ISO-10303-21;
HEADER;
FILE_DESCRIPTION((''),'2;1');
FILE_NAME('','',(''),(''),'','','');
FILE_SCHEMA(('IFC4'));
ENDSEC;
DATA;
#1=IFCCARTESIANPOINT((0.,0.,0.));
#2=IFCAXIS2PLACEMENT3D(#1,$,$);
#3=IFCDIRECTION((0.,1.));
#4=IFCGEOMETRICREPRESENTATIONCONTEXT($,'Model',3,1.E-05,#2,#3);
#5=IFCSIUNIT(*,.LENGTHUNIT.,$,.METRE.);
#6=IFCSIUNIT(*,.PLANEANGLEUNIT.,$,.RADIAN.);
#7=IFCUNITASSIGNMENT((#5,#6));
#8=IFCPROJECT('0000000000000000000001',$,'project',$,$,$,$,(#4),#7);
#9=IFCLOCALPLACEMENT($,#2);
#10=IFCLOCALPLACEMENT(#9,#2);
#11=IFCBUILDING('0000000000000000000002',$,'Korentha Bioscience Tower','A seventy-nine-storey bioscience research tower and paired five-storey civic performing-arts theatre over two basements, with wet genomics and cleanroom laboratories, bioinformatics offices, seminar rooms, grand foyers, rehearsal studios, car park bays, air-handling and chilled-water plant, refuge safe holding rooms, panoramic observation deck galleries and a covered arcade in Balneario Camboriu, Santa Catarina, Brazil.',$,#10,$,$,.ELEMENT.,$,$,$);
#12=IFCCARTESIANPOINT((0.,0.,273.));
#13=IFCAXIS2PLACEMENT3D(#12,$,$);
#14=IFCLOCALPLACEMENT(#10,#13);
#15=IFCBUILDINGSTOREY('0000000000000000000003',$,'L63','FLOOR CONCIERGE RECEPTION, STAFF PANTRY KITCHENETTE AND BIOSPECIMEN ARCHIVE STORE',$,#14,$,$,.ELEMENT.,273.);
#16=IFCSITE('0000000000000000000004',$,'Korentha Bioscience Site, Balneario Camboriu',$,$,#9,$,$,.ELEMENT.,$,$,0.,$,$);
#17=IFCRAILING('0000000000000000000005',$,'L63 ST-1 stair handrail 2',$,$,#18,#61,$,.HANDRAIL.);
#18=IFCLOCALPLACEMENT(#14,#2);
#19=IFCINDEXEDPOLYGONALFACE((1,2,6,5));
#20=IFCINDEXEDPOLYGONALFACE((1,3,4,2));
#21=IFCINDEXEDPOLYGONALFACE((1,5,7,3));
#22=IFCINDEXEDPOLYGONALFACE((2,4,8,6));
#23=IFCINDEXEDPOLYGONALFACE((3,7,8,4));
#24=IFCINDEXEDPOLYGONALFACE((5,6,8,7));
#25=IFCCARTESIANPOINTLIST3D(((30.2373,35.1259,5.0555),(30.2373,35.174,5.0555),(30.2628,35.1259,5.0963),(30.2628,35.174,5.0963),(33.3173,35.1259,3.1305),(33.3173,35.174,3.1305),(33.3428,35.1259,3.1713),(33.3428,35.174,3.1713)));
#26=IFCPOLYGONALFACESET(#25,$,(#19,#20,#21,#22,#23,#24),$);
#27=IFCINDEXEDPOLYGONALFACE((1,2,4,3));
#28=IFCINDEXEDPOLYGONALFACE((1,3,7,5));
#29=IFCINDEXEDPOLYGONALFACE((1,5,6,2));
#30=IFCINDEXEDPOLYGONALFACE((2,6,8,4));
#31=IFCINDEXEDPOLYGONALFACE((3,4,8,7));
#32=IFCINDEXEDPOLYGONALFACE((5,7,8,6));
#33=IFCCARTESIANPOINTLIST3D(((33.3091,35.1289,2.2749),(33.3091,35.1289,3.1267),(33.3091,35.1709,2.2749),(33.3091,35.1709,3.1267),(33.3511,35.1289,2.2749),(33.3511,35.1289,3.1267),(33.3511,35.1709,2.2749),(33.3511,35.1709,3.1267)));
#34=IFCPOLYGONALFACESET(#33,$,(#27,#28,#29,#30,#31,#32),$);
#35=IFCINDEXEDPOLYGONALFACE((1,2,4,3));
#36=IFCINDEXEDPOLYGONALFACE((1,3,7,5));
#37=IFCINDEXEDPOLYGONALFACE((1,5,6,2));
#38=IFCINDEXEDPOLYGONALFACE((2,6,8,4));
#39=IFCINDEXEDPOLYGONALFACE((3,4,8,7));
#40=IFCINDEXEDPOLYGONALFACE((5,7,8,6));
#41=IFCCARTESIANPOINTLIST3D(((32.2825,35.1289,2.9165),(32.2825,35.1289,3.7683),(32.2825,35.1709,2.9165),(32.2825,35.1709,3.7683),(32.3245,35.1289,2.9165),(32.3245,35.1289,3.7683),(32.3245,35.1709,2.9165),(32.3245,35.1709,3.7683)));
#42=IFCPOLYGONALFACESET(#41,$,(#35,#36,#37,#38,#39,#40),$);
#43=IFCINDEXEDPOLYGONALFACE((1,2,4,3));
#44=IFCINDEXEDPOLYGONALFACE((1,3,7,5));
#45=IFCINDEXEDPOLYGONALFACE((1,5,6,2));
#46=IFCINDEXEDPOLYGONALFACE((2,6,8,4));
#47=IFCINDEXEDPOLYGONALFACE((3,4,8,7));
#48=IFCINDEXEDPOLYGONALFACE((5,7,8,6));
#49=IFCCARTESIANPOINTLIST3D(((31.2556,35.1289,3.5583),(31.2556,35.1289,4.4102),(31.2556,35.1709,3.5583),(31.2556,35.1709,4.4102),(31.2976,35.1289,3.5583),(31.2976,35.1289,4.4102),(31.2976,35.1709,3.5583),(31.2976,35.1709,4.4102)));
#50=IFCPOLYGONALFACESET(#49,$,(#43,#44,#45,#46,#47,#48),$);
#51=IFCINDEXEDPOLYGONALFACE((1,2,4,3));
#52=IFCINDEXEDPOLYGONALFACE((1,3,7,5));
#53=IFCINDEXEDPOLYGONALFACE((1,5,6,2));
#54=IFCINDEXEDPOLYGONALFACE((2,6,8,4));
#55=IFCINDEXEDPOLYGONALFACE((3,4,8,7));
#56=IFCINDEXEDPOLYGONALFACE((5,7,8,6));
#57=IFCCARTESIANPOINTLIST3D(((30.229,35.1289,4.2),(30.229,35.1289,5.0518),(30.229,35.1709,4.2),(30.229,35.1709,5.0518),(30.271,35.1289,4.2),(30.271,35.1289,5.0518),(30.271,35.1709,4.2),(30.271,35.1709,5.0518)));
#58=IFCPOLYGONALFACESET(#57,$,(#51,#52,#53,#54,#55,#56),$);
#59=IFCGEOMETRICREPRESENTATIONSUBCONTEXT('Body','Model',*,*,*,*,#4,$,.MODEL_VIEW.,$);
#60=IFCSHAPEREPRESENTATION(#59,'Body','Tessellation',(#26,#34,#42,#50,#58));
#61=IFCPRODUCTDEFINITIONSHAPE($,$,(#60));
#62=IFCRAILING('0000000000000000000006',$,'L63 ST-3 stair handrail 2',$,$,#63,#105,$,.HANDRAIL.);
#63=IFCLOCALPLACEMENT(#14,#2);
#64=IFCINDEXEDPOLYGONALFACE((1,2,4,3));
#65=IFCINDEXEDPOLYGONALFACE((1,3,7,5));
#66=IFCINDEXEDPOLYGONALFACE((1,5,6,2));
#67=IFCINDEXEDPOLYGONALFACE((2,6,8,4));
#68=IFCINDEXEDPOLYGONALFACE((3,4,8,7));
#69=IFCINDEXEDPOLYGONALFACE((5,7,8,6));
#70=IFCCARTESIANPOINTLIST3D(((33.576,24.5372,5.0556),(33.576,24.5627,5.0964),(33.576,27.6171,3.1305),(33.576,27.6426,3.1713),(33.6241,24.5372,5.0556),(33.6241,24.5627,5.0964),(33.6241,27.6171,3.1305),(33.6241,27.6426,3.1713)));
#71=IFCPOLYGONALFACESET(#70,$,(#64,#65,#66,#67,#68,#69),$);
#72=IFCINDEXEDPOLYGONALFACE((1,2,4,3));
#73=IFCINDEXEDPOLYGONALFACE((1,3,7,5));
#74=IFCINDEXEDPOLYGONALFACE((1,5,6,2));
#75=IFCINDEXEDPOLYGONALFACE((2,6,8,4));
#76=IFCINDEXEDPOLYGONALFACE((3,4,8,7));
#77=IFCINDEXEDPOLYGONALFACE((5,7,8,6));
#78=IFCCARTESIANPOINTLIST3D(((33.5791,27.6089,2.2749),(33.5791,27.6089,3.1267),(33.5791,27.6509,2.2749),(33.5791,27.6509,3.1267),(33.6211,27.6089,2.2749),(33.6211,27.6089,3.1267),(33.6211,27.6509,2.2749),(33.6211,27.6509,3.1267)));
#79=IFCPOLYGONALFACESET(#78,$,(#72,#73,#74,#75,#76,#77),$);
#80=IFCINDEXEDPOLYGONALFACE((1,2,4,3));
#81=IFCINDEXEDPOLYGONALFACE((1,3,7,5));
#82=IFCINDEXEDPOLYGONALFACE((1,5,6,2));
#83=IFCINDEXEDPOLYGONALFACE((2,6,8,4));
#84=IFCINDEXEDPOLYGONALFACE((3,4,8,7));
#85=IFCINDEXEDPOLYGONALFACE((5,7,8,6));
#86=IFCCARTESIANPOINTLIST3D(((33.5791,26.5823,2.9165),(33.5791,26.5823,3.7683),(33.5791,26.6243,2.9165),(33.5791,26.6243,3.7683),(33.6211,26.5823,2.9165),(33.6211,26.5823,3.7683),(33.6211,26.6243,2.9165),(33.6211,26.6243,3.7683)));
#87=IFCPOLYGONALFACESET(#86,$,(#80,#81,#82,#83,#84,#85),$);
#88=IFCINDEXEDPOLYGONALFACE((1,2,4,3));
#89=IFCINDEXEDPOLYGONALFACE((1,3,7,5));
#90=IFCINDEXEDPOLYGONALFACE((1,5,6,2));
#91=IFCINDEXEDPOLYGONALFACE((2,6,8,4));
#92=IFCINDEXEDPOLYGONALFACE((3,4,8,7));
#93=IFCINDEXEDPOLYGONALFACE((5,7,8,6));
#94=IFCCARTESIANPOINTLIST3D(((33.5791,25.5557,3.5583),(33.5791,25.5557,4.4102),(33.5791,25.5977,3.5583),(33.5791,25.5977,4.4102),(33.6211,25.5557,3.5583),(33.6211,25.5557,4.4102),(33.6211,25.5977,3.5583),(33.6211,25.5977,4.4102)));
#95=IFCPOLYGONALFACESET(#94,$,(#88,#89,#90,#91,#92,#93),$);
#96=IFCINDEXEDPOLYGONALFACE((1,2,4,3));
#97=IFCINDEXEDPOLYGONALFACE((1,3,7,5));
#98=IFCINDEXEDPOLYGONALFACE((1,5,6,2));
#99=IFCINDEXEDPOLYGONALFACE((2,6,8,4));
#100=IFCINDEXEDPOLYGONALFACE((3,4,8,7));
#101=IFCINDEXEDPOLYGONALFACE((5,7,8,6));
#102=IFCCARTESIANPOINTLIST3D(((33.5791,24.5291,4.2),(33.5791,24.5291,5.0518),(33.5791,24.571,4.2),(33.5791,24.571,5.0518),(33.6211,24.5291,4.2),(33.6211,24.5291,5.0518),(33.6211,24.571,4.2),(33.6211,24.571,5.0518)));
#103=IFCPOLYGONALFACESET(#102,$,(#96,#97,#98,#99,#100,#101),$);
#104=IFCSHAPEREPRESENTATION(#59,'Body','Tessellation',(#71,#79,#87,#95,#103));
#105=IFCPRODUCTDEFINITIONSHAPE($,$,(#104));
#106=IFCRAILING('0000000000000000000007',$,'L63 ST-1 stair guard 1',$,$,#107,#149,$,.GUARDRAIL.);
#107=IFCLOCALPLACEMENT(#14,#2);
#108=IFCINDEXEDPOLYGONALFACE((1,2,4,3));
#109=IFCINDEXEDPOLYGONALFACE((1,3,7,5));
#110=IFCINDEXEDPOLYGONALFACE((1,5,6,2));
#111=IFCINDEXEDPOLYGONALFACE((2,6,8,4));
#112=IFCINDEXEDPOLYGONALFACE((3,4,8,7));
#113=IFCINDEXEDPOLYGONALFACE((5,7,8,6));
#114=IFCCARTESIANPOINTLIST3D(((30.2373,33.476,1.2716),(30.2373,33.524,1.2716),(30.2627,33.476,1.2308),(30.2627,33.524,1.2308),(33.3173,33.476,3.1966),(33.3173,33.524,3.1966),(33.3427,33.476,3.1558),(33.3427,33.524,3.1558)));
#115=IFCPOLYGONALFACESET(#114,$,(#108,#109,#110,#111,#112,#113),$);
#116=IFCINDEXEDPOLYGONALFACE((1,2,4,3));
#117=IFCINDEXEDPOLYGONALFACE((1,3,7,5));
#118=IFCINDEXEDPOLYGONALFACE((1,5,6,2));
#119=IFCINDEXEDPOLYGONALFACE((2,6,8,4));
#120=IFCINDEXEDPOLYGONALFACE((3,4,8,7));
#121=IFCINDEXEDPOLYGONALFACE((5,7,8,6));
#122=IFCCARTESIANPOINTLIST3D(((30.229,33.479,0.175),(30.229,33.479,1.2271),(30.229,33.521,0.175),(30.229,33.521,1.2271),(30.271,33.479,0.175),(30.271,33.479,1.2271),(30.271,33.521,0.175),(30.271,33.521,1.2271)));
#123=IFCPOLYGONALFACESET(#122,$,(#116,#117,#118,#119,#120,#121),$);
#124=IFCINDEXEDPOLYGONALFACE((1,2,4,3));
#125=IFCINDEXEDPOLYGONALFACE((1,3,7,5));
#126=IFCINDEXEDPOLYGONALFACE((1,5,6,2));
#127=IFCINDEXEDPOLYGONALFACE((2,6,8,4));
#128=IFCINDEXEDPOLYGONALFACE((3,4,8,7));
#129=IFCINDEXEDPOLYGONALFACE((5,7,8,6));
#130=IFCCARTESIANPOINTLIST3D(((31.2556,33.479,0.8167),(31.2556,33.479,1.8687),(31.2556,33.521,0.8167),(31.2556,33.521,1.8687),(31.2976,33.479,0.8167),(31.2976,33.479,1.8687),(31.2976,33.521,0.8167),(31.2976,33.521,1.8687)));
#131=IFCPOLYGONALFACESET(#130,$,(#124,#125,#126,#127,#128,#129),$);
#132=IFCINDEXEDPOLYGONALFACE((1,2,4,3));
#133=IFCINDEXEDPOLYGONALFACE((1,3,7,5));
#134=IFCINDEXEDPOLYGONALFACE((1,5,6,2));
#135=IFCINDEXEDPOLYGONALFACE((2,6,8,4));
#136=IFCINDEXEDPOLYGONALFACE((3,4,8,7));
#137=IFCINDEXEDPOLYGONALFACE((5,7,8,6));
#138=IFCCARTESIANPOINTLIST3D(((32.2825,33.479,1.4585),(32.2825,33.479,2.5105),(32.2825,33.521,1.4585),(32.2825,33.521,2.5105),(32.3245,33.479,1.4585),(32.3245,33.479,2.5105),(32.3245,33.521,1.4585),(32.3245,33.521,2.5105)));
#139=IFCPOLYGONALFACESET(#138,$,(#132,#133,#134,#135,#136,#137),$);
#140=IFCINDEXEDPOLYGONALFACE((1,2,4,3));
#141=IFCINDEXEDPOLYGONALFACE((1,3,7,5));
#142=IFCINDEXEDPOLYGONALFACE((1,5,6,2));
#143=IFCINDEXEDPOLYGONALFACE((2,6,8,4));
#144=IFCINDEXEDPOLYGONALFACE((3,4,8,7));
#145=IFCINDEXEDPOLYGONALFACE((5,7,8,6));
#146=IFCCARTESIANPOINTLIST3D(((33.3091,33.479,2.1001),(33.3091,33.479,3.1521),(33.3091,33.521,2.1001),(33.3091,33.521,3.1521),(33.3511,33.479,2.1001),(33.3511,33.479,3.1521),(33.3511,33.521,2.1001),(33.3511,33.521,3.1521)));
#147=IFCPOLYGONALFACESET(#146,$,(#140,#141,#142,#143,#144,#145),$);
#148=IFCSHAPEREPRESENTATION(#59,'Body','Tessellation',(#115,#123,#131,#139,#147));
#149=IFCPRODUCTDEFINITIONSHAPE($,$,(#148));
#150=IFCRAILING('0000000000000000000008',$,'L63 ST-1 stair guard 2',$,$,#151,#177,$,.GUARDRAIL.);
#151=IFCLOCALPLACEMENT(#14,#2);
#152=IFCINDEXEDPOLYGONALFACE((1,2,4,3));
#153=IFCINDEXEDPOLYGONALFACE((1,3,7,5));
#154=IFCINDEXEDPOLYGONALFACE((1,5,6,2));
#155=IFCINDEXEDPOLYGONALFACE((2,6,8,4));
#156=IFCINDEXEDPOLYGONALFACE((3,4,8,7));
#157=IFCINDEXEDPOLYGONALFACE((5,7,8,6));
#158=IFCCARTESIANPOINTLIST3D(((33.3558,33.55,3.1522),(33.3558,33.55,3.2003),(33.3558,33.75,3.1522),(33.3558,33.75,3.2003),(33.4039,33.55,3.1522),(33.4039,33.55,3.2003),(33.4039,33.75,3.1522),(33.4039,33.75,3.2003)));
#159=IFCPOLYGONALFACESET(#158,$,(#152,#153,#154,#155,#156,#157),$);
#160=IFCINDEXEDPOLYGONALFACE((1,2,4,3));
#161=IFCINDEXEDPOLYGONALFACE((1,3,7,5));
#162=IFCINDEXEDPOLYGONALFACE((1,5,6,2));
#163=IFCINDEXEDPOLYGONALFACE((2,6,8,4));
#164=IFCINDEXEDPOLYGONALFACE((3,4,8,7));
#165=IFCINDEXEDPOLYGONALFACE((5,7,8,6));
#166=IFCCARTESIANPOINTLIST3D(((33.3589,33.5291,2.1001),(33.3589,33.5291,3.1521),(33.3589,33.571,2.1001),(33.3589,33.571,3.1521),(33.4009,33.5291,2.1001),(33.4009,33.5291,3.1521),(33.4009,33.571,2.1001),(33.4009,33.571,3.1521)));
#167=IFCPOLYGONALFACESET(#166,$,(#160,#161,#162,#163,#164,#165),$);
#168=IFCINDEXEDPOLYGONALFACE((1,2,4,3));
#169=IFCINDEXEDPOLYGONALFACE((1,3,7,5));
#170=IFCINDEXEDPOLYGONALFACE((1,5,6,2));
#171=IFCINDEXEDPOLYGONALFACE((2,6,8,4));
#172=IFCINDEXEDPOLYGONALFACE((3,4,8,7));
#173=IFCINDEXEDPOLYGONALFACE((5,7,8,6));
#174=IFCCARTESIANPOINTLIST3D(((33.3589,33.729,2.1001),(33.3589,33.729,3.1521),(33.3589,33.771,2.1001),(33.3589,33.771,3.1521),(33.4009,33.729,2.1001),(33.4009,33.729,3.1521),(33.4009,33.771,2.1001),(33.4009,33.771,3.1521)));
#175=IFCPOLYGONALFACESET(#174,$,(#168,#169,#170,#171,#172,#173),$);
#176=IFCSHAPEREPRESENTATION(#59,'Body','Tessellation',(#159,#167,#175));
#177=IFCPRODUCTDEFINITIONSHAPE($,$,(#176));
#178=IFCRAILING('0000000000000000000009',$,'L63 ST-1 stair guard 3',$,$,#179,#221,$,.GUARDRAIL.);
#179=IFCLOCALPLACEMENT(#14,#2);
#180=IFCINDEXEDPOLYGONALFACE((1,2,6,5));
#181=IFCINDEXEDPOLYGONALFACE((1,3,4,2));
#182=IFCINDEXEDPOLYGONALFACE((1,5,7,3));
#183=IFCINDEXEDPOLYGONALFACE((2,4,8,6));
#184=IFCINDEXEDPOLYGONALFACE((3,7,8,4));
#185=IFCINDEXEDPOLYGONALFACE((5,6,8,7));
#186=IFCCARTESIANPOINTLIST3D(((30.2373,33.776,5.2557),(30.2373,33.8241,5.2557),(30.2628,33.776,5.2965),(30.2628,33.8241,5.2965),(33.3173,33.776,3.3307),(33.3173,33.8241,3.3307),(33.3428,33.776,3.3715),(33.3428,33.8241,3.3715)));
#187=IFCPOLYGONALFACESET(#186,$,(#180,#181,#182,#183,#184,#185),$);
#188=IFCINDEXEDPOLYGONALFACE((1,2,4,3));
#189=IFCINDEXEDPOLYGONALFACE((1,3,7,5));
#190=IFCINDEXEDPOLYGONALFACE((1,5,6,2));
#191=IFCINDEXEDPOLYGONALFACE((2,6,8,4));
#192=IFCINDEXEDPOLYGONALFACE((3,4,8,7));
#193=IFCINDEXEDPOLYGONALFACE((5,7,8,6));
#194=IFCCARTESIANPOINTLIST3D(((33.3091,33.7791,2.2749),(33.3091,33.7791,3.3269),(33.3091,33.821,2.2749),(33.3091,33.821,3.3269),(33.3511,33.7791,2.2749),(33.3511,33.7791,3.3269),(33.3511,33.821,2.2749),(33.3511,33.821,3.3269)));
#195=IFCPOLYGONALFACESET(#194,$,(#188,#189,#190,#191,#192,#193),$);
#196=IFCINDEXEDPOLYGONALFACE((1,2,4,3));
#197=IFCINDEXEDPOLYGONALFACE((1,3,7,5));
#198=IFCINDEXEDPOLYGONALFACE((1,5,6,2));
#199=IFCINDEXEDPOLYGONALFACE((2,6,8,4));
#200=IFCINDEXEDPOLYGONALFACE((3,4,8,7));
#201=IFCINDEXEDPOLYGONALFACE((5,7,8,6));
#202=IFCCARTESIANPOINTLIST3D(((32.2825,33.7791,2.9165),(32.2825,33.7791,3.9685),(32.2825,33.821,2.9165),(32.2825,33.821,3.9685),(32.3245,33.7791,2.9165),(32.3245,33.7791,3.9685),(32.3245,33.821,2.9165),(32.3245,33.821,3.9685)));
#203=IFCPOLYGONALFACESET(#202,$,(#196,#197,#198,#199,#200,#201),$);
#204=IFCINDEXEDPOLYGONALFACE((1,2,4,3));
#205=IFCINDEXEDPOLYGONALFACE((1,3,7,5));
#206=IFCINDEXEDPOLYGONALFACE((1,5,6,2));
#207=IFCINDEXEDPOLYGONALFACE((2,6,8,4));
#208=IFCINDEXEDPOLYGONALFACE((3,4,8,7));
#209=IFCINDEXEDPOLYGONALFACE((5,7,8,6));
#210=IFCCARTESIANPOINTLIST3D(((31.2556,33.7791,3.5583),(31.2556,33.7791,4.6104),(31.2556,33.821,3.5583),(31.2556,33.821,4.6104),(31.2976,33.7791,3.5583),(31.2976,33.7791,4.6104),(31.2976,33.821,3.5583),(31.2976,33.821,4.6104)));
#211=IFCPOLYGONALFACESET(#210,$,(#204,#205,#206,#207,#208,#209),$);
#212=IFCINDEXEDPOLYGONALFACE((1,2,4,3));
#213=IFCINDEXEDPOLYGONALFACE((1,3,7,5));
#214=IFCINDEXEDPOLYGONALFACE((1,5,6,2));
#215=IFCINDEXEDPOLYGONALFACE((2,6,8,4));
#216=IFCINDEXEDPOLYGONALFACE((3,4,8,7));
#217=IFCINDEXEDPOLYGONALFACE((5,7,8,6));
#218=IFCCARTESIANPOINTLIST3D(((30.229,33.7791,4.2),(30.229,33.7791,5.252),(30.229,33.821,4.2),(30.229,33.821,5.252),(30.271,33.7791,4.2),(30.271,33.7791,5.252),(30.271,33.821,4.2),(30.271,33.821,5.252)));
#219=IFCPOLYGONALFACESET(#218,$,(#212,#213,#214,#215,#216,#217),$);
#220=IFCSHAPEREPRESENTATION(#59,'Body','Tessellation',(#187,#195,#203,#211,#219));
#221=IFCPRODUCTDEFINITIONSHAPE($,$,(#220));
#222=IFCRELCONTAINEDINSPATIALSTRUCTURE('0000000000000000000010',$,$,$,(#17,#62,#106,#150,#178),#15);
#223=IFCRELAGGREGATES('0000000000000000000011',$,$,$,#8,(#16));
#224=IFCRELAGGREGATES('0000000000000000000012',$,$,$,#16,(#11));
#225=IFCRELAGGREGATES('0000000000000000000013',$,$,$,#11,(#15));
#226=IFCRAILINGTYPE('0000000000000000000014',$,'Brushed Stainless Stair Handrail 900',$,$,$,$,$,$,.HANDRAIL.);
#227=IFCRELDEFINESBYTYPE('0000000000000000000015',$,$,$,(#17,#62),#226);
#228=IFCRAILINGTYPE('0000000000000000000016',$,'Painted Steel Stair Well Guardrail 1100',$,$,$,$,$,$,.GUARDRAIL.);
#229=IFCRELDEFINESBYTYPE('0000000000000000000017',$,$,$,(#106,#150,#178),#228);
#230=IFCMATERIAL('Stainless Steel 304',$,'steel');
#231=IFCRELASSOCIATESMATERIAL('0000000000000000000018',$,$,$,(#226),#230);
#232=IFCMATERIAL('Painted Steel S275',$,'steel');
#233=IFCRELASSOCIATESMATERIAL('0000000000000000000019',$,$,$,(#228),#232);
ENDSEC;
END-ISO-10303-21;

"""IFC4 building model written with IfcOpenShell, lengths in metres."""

from ifc_helpers import new_model, si_unit, direction, frame, origin, origin_2d, place, context, subcontext, project, spatial, rectangle, extrude, material, type_object, element, save


model = new_model("IFC4")

# Units and contexts
model_context = context("Model", 3, precision=1e-05, world=origin(), true_north=direction((0.0, 1.0)))
body_context = subcontext(model_context, "Body", "Model", "MODEL_VIEW")
ifc_project = project(units=[si_unit("LENGTHUNIT", "METRE"), si_unit("PLANEANGLEUNIT", "RADIAN")], contexts=[model_context])

# Site, building, storey
site_placement = place(None, origin())
site = spatial("IfcSite", under=ifc_project, at=site_placement, Name="Korentha Bioscience Site, Balneario Camboriu", CompositionType="ELEMENT", RefElevation=0.0)
building_placement = place(site_placement, origin())
building = spatial("IfcBuilding", under=site, at=building_placement, Name="Korentha Bioscience Tower", Description="A seventy-nine-storey bioscience research tower and paired five-storey civic performing-arts theatre over two basements, with wet genomics and cleanroom laboratories, bioinformatics offices, seminar rooms, grand foyers, rehearsal studios, car park bays, air-handling and chilled-water plant, refuge safe holding rooms, panoramic observation deck galleries and a covered arcade in Balneario Camboriu, Santa Catarina, Brazil.", CompositionType="ELEMENT")
storey_placement = place(building_placement, frame((0.0, 0.0, 273.0)))
storey = spatial("IfcBuildingStorey", under=building, at=storey_placement, Name="L63", Description="FLOOR CONCIERGE RECEPTION, STAFF PANTRY KITCHENETTE AND BIOSPECIMEN ARCHIVE STORE", CompositionType="ELEMENT", Elevation=273.0)

# Railings
ifc_material_1 = material(Name="Stainless Steel 304", Category="steel")
railing_type_1 = type_object("IfcRailingType", Name="Brushed Stainless Stair Handrail 900", PredefinedType="HANDRAIL", material=ifc_material_1)
railing_1_placement = place(storey_placement, frame((33.3301, 35.1499, 2.2749)))
element("IfcRailing", 1, at=railing_1_placement, inside=storey, type_object=railing_type_1, Name="L63 ST-1 stair handrail 2", PredefinedType="HANDRAIL", context=body_context, shape_type="SweptSolid", body=[
    extrude(rectangle(XDim=0.0481, YDim=0.0481, at=origin_2d()), frame((0.0, 0.0, 0.876), z_axis=(-0.847998, 0.0, 0.529999), x_axis=(0.0, -1.0, 0.0)), (0.0, 0.0, 1.0), 3.6321),
    extrude(rectangle(XDim=0.042, YDim=0.042, at=origin_2d()), origin(), (0.0, 0.0, 1.0), 0.8518),
    extrude(rectangle(XDim=0.042, YDim=0.042, at=origin_2d()), frame((-1.0266, 0.0, 0.6416)), (0.0, 0.0, 1.0), 0.8518),
    extrude(rectangle(XDim=0.042, YDim=0.042, at=origin_2d()), frame((-2.0535, 0.0, 1.2834)), (0.0, 0.0, 1.0), 0.8518),
    extrude(rectangle(XDim=0.042, YDim=0.042, at=origin_2d()), frame((-3.0801, 0.0, 1.925)), (0.0, 0.0, 1.0), 0.8518),
])
railing_2_placement = place(storey_placement, frame((33.6001, 27.6299, 2.2749)))
element("IfcRailing", 2, at=railing_2_placement, inside=storey, type_object=railing_type_1, Name="L63 ST-3 stair handrail 2", PredefinedType="HANDRAIL", context=body_context, shape_type="SweptSolid", body=[
    extrude(rectangle(XDim=0.0481, YDim=0.0481, at=origin_2d()), frame((0.0, 0.0, 0.876), z_axis=(0.0, -0.847979, 0.530029), x_axis=(1.0, 0.0, 0.0)), (0.0, 0.0, 1.0), 3.6321),
    extrude(rectangle(XDim=0.042, YDim=0.042, at=origin_2d()), origin(), (0.0, 0.0, 1.0), 0.8518),
    extrude(rectangle(XDim=0.042, YDim=0.042, at=origin_2d()), frame((0.0, -1.0266, 0.6416)), (0.0, 0.0, 1.0), 0.8518),
    extrude(rectangle(XDim=0.042, YDim=0.042, at=origin_2d()), frame((0.0, -2.0532, 1.2834)), (0.0, 0.0, 1.0), 0.8518),
    extrude(rectangle(XDim=0.042, YDim=0.042, at=origin_2d()), frame((0.0, -3.0798, 1.925)), (0.0, 0.0, 1.0), 0.8518),
])
ifc_material_2 = material(Name="Painted Steel S275", Category="steel")
railing_type_2 = type_object("IfcRailingType", Name="Painted Steel Stair Well Guardrail 1100", PredefinedType="GUARDRAIL", material=ifc_material_2)
railing_3_placement = place(storey_placement, frame((30.25, 33.5, 0.175)))
element("IfcRailing", 3, at=railing_3_placement, inside=storey, type_object=railing_type_2, Name="L63 ST-1 stair guard 1", PredefinedType="GUARDRAIL", context=body_context, shape_type="SweptSolid", body=[
    extrude(rectangle(XDim=0.0481, YDim=0.0481, at=origin_2d()), frame((0.0, 0.0, 1.0762), z_axis=(0.847998, 0.0, 0.529999), x_axis=(0.0, 1.0, 0.0)), (0.0, 0.0, 1.0), 3.6321),
    extrude(rectangle(XDim=0.042, YDim=0.042, at=origin_2d()), origin(), (0.0, 0.0, 1.0), 1.052),
    extrude(rectangle(XDim=0.042, YDim=0.042, at=origin_2d()), frame((1.0266, 0.0, 0.6416)), (0.0, 0.0, 1.0), 1.052),
    extrude(rectangle(XDim=0.042, YDim=0.042, at=origin_2d()), frame((2.0535, 0.0, 1.2834)), (0.0, 0.0, 1.0), 1.052),
    extrude(rectangle(XDim=0.042, YDim=0.042, at=origin_2d()), frame((3.0801, 0.0, 1.925)), (0.0, 0.0, 1.0), 1.052),
])
railing_4_placement = place(storey_placement, frame((33.3799, 33.55, 2.1001)))
element("IfcRailing", 4, at=railing_4_placement, inside=storey, type_object=railing_type_2, Name="L63 ST-1 stair guard 2", PredefinedType="GUARDRAIL", context=body_context, shape_type="SweptSolid", body=[
    extrude(rectangle(XDim=0.0481, YDim=0.0481, at=origin_2d()), frame((0.0, 0.0, 1.0762), z_axis=(0.0, 1.0, 0.0), x_axis=(-1.0, 0.0, 0.0)), (0.0, 0.0, 1.0), 0.2),
    extrude(rectangle(XDim=0.042, YDim=0.042, at=origin_2d()), origin(), (0.0, 0.0, 1.0), 1.052),
    extrude(rectangle(XDim=0.042, YDim=0.042, at=origin_2d()), frame((0.0, 0.2, 0.0)), (0.0, 0.0, 1.0), 1.052),
])
railing_5_placement = place(storey_placement, frame((33.3301, 33.8, 2.2749)))
element("IfcRailing", 5, at=railing_5_placement, inside=storey, type_object=railing_type_2, Name="L63 ST-1 stair guard 3", PredefinedType="GUARDRAIL", context=body_context, shape_type="SweptSolid", body=[
    extrude(rectangle(XDim=0.0481, YDim=0.0481, at=origin_2d()), frame((0.0, 0.0, 1.0762), z_axis=(-0.847998, 0.0, 0.529999), x_axis=(0.0, -1.0, 0.0)), (0.0, 0.0, 1.0), 3.6321),
    extrude(rectangle(XDim=0.042, YDim=0.042, at=origin_2d()), origin(), (0.0, 0.0, 1.0), 1.052),
    extrude(rectangle(XDim=0.042, YDim=0.042, at=origin_2d()), frame((-1.0266, 0.0, 0.6416)), (0.0, 0.0, 1.0), 1.052),
    extrude(rectangle(XDim=0.042, YDim=0.042, at=origin_2d()), frame((-2.0535, 0.0, 1.2834)), (0.0, 0.0, 1.0), 1.052),
    extrude(rectangle(XDim=0.042, YDim=0.042, at=origin_2d()), frame((-3.0801, 0.0, 1.925)), (0.0, 0.0, 1.0), 1.052),
])

save(model, "model.ifc")
